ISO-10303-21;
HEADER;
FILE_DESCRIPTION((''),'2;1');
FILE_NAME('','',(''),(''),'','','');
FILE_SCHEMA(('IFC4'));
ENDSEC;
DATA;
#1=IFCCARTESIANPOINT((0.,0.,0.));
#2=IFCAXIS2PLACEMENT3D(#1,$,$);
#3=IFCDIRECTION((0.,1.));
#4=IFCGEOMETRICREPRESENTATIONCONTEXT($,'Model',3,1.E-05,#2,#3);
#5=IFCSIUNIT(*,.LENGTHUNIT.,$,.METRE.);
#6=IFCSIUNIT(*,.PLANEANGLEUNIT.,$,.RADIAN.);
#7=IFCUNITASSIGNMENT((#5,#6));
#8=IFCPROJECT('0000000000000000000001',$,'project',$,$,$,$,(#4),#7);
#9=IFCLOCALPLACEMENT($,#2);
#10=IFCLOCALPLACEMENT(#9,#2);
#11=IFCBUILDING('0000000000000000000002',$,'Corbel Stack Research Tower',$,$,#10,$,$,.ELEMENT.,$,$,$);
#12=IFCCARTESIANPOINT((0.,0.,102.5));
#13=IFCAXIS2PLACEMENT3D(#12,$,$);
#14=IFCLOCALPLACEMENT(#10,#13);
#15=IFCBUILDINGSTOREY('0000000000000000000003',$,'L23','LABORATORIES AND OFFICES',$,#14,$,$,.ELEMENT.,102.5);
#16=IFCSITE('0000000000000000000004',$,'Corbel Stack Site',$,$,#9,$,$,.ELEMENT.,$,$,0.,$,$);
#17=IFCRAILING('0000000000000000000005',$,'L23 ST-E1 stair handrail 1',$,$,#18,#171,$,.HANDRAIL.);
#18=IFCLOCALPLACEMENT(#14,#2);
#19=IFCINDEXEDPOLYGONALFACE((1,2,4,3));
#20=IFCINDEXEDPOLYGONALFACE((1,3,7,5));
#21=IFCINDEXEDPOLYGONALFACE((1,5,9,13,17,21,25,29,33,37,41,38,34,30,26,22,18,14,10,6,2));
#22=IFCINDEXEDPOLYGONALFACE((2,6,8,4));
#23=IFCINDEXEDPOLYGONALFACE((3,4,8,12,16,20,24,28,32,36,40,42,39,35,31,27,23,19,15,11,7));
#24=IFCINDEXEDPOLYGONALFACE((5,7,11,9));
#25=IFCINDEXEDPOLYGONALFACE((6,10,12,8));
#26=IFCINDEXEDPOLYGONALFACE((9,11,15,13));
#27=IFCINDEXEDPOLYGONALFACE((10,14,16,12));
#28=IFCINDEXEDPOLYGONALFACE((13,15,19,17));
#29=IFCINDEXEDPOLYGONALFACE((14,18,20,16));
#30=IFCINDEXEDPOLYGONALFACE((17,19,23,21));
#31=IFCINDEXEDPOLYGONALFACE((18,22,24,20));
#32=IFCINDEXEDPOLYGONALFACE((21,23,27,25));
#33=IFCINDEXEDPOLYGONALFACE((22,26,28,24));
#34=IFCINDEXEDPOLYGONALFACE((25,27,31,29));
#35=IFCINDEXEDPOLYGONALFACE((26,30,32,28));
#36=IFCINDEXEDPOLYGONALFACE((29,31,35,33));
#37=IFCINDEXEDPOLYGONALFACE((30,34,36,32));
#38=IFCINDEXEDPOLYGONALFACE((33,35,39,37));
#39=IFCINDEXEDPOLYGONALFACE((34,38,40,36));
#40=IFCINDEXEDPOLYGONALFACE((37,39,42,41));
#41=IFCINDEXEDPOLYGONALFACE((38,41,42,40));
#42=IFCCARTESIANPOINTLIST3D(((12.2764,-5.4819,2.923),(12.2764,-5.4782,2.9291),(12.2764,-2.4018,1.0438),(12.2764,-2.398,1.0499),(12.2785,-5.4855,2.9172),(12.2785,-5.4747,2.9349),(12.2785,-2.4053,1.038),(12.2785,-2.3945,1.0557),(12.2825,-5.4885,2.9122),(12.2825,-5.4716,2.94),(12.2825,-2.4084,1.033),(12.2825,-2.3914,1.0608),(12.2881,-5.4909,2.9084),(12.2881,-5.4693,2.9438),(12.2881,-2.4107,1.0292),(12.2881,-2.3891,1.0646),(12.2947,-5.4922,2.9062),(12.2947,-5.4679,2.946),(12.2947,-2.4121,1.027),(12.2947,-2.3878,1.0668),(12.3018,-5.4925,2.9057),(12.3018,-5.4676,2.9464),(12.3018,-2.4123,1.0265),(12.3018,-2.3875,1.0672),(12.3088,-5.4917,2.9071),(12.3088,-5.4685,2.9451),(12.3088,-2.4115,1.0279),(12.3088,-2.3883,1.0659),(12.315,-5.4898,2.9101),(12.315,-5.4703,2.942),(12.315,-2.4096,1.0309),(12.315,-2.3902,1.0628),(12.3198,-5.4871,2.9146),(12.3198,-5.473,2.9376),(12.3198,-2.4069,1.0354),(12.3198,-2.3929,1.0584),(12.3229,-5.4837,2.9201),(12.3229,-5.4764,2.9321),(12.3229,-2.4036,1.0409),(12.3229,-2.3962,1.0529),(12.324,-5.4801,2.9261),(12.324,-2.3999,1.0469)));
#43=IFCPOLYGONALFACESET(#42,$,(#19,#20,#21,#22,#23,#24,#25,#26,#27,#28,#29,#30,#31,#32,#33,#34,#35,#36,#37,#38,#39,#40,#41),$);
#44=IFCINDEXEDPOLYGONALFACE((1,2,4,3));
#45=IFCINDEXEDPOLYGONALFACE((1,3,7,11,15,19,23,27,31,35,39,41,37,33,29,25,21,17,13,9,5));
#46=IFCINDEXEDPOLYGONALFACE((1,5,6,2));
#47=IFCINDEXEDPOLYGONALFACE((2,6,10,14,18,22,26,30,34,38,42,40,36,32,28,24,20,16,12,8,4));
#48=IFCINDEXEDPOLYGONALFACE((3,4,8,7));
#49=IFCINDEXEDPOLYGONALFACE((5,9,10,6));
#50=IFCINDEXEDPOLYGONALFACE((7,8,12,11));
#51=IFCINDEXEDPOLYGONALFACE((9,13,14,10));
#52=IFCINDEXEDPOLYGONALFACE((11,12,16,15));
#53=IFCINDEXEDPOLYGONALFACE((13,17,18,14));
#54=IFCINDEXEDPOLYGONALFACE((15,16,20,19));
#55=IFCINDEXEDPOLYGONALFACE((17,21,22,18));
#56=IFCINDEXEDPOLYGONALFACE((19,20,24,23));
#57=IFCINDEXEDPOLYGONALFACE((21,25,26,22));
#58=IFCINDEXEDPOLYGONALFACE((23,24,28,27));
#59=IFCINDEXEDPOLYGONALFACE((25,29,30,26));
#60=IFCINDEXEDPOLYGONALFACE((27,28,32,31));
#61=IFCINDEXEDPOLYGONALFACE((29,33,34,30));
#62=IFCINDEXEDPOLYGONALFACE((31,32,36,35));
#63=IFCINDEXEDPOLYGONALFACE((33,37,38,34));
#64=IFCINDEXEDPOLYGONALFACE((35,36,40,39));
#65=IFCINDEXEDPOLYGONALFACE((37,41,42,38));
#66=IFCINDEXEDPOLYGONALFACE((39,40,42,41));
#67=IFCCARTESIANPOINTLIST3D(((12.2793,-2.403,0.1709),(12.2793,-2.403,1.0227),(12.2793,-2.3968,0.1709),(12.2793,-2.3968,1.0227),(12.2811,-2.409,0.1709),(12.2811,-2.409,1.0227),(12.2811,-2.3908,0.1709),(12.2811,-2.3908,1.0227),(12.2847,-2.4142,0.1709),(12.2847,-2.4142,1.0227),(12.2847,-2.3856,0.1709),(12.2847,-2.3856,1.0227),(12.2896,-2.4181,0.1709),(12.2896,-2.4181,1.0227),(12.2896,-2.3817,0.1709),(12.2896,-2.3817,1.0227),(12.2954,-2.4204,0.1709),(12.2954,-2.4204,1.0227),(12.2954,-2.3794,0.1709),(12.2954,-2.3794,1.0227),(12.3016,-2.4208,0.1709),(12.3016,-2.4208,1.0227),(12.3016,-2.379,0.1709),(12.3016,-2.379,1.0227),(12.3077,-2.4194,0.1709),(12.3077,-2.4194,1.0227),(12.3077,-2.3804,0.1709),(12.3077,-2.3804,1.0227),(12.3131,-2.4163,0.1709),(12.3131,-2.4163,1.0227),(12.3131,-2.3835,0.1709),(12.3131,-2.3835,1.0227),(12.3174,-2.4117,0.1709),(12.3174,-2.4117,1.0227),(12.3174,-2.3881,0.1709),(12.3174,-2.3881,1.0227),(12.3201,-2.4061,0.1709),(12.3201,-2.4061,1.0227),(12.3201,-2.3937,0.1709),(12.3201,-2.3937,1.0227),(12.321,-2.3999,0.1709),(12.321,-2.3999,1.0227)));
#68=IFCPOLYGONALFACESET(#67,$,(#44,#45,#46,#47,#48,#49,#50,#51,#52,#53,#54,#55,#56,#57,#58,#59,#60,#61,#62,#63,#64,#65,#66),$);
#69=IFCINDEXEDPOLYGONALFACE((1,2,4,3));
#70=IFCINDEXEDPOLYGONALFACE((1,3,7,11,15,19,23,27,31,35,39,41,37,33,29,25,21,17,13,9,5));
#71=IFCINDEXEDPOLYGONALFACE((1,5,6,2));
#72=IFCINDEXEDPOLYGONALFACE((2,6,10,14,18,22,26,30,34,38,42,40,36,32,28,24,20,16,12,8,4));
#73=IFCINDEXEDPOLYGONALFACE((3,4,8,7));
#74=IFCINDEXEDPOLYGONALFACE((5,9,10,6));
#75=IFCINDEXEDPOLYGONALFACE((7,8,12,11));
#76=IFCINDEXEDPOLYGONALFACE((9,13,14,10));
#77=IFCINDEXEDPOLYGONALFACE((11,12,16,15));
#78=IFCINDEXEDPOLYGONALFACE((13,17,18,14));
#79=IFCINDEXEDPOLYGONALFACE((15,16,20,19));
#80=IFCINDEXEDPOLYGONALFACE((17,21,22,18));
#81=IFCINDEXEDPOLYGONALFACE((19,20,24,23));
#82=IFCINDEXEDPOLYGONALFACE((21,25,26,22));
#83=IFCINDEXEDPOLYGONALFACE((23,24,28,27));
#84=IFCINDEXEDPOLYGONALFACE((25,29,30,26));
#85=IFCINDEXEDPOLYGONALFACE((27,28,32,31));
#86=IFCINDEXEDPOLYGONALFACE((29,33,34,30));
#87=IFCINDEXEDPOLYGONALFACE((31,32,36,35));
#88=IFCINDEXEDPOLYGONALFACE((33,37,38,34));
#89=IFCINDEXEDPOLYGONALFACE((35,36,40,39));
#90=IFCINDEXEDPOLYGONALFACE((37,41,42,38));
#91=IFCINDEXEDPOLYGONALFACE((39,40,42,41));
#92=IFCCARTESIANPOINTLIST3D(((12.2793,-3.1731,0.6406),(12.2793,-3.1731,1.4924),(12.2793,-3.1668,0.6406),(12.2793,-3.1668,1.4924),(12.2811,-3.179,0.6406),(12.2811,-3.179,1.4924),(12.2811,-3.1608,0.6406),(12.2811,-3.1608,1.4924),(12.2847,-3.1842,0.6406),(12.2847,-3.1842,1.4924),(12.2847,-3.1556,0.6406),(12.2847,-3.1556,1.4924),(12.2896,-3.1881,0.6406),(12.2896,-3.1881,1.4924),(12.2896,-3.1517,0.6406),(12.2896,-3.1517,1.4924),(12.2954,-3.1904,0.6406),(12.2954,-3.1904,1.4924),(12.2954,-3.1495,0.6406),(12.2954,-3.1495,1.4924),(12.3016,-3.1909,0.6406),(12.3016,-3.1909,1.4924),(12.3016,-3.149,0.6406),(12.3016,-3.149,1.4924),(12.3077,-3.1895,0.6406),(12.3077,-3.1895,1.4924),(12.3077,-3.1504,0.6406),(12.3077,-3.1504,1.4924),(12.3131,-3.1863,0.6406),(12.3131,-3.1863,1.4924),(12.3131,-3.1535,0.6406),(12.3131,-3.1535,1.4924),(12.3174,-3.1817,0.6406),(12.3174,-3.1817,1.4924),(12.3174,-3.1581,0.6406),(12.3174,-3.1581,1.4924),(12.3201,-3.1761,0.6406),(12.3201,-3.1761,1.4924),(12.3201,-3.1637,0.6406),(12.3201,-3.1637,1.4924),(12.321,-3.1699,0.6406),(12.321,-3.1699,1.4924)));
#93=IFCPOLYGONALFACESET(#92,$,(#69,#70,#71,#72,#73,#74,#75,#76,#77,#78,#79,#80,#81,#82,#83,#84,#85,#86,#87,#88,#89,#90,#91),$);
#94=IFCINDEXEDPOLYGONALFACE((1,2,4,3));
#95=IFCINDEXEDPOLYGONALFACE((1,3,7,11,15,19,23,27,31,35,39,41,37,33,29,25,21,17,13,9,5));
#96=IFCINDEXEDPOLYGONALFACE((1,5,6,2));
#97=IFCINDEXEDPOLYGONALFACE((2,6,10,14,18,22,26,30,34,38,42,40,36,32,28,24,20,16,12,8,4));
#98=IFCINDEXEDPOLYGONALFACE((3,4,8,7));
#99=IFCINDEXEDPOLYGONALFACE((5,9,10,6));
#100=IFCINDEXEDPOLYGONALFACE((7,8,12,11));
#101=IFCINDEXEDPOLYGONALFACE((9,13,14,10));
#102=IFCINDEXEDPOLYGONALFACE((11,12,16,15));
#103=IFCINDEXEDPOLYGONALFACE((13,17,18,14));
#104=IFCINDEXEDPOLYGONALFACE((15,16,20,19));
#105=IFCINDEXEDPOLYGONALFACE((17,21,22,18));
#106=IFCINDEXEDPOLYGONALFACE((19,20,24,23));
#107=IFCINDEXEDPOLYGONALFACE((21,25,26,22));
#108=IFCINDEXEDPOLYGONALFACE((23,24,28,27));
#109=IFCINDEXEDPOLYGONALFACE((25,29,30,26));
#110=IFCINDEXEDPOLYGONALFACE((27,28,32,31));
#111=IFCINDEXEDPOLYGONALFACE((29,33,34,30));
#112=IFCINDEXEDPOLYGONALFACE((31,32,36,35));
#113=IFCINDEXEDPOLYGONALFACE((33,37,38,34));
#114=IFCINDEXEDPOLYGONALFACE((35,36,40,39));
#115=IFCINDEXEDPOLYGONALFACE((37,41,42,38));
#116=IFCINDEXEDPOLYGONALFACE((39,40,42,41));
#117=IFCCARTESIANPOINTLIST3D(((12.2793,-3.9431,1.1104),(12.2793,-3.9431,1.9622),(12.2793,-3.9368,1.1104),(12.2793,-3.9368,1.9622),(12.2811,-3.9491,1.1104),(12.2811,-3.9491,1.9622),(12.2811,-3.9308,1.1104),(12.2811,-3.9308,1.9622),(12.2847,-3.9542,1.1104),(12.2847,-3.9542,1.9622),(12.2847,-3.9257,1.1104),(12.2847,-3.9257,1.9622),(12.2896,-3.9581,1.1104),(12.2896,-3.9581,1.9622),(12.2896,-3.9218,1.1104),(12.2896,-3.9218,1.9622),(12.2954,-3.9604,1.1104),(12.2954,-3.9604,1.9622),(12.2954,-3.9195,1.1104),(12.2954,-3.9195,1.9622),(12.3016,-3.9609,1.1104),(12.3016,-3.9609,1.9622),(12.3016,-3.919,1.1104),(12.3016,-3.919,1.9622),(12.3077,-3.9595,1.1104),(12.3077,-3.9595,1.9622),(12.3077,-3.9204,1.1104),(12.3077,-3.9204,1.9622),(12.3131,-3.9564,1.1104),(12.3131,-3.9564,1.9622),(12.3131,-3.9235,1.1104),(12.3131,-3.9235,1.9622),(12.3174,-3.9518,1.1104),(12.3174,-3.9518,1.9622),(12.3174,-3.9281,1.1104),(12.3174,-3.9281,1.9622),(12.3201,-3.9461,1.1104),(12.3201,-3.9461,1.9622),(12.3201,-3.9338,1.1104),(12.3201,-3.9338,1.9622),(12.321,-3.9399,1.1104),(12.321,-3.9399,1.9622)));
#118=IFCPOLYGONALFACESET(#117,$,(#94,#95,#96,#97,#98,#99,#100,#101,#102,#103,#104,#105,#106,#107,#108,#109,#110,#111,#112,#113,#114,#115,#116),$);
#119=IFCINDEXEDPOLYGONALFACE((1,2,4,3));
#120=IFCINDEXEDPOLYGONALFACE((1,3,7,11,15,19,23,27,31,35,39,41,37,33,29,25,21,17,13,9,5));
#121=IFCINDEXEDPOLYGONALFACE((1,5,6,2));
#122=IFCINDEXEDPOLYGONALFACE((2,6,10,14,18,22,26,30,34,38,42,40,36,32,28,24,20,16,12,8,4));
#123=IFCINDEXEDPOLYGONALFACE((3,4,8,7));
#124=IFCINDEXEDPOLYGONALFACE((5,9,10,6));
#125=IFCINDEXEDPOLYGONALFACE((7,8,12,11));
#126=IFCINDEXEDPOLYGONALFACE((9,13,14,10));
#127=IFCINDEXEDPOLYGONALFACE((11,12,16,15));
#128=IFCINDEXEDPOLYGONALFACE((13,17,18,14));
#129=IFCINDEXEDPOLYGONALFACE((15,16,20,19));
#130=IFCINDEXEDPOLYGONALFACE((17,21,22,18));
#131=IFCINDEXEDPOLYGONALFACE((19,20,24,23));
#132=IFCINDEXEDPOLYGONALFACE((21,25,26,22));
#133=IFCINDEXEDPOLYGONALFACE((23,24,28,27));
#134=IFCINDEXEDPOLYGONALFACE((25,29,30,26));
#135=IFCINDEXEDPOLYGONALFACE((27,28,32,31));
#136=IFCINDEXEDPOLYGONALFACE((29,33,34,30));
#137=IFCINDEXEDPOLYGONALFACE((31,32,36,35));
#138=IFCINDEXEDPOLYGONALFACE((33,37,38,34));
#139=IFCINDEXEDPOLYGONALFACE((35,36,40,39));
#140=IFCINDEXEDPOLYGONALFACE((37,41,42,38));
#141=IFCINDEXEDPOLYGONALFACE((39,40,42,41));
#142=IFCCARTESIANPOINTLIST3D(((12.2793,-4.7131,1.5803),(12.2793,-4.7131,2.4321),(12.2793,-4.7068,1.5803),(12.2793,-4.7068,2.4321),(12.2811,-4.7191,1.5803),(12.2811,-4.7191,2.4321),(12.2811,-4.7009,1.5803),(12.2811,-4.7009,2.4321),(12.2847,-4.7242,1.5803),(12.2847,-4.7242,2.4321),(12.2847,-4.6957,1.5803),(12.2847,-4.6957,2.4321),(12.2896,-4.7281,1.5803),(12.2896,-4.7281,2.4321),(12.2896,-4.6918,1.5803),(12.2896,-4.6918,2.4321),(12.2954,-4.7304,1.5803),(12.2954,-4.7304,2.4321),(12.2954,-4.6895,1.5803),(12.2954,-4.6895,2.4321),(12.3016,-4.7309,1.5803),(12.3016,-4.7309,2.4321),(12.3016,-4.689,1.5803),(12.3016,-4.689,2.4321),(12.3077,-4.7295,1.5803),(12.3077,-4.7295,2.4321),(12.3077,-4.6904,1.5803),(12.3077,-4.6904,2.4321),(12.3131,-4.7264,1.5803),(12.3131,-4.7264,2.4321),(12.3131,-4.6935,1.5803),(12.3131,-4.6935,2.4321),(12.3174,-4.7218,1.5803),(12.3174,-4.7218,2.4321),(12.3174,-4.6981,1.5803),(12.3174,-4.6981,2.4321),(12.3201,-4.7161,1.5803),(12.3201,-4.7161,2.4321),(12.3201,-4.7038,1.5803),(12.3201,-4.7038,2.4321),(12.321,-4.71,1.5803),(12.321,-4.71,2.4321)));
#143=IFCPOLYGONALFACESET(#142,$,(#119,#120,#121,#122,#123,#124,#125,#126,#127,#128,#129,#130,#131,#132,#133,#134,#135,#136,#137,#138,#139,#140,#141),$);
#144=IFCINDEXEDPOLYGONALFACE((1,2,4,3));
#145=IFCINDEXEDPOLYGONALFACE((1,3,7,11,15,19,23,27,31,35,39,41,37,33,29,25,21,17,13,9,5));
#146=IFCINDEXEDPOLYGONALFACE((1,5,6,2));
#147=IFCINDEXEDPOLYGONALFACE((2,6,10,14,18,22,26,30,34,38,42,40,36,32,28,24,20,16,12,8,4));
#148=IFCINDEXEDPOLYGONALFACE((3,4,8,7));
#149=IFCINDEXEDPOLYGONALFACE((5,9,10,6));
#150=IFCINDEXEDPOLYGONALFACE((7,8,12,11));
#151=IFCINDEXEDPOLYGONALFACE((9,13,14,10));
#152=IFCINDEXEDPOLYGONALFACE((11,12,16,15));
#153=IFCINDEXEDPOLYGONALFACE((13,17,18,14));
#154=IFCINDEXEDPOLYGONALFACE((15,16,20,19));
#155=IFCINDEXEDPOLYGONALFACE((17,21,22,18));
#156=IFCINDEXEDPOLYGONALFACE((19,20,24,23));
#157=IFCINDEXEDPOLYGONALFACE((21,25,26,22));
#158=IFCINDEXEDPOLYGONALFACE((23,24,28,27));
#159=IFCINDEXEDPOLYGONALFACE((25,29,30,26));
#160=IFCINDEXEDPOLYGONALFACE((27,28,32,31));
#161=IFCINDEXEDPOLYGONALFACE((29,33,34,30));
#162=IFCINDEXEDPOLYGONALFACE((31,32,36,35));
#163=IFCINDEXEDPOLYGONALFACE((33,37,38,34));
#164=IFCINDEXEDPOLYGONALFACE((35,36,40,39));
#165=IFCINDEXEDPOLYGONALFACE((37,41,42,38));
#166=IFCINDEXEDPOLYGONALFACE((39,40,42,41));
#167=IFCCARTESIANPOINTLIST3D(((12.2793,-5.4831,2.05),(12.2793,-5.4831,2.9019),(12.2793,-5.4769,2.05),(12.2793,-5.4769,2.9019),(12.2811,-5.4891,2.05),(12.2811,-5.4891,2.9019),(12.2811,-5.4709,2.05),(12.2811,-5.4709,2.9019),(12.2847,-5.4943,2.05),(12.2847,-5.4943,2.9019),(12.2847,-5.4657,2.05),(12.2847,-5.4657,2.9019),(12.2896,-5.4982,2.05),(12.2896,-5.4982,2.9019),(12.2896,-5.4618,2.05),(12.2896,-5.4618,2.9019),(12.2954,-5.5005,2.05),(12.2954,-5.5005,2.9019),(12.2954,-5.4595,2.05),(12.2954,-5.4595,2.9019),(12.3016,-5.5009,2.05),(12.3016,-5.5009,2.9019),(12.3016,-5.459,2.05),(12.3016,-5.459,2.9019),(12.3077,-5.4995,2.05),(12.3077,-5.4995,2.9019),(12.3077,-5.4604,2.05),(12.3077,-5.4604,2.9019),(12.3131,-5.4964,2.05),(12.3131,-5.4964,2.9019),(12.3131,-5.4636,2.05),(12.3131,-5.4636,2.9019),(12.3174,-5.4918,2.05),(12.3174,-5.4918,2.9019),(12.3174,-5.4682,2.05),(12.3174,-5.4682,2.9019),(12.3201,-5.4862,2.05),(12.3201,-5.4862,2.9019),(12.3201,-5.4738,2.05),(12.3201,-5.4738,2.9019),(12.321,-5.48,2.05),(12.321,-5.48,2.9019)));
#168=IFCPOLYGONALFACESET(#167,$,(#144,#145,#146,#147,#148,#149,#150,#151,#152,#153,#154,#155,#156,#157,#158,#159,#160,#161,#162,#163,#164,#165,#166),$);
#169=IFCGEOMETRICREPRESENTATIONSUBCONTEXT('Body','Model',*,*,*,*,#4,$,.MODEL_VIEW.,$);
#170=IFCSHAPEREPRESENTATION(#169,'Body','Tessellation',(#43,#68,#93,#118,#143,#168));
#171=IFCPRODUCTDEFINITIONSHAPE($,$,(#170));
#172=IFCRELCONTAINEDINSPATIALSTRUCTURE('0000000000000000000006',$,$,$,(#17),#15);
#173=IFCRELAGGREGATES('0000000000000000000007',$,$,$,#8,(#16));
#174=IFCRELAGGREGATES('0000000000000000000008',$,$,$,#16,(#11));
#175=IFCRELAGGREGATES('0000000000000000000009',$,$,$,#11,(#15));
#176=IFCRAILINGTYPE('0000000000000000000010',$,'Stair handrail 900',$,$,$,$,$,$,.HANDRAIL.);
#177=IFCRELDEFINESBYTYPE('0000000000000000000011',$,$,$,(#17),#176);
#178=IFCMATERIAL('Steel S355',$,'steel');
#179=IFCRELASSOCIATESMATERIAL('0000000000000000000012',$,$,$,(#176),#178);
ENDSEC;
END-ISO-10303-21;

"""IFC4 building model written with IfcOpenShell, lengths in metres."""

from ifc_helpers import new_model, si_unit, direction, frame, origin, origin_2d, place, context, subcontext, project, spatial, circle, extrude, material, type_object, element, save


model = new_model("IFC4")

# Units and contexts
model_context = context("Model", 3, precision=1e-05, world=origin(), true_north=direction((0.0, 1.0)))
body_context = subcontext(model_context, "Body", "Model", "MODEL_VIEW")
ifc_project = project(units=[si_unit("LENGTHUNIT", "METRE"), si_unit("PLANEANGLEUNIT", "RADIAN")], contexts=[model_context])

# Site, building, storey
site_placement = place(None, origin())
site = spatial("IfcSite", under=ifc_project, at=site_placement, Name="Corbel Stack Site", CompositionType="ELEMENT", RefElevation=0.0)
building_placement = place(site_placement, origin())
building = spatial("IfcBuilding", under=site, at=building_placement, Name="Corbel Stack Research Tower", CompositionType="ELEMENT")
storey_placement = place(building_placement, frame((0.0, 0.0, 102.5)))
storey = spatial("IfcBuildingStorey", under=building, at=storey_placement, Name="L23", Description="LABORATORIES AND OFFICES", CompositionType="ELEMENT", Elevation=102.5)

# Railing
ifc_material_1 = material(Name="Steel S355", Category="steel")
railing_type_1 = type_object("IfcRailingType", Name="Stair handrail 900", PredefinedType="HANDRAIL", material=ifc_material_1)
railing_1_placement = place(storey_placement, frame((12.3, -2.3999, 0.1709)))
element("IfcRailing", 1, at=railing_1_placement, inside=storey, type_object=railing_type_1, Name="L23 ST-E1 stair handrail 1", PredefinedType="HANDRAIL", context=body_context, shape_type="SweptSolid", body=[
    extrude(circle(Radius=0.0239, at=origin_2d()), frame((0.0, 0.0, 0.876), z_axis=(0.0, -0.853666, 0.52082), x_axis=(1.0, 0.0, 0.0)), (0.0, 0.0, 1.0), 3.6082),
    extrude(circle(Radius=0.021, at=origin_2d()), origin(), (0.0, 0.0, 1.0), 0.8518),
    extrude(circle(Radius=0.021, at=origin_2d()), frame((0.0, -0.77, 0.4697)), (0.0, 0.0, 1.0), 0.8518),
    extrude(circle(Radius=0.021, at=origin_2d()), frame((0.0, -1.54, 0.9395)), (0.0, 0.0, 1.0), 0.8518),
    extrude(circle(Radius=0.021, at=origin_2d()), frame((0.0, -2.3101, 1.4094)), (0.0, 0.0, 1.0), 0.8518),
    extrude(circle(Radius=0.021, at=origin_2d()), frame((0.0, -3.0801, 1.8792)), (0.0, 0.0, 1.0), 0.8518),
])

save(model, "model.ifc")
